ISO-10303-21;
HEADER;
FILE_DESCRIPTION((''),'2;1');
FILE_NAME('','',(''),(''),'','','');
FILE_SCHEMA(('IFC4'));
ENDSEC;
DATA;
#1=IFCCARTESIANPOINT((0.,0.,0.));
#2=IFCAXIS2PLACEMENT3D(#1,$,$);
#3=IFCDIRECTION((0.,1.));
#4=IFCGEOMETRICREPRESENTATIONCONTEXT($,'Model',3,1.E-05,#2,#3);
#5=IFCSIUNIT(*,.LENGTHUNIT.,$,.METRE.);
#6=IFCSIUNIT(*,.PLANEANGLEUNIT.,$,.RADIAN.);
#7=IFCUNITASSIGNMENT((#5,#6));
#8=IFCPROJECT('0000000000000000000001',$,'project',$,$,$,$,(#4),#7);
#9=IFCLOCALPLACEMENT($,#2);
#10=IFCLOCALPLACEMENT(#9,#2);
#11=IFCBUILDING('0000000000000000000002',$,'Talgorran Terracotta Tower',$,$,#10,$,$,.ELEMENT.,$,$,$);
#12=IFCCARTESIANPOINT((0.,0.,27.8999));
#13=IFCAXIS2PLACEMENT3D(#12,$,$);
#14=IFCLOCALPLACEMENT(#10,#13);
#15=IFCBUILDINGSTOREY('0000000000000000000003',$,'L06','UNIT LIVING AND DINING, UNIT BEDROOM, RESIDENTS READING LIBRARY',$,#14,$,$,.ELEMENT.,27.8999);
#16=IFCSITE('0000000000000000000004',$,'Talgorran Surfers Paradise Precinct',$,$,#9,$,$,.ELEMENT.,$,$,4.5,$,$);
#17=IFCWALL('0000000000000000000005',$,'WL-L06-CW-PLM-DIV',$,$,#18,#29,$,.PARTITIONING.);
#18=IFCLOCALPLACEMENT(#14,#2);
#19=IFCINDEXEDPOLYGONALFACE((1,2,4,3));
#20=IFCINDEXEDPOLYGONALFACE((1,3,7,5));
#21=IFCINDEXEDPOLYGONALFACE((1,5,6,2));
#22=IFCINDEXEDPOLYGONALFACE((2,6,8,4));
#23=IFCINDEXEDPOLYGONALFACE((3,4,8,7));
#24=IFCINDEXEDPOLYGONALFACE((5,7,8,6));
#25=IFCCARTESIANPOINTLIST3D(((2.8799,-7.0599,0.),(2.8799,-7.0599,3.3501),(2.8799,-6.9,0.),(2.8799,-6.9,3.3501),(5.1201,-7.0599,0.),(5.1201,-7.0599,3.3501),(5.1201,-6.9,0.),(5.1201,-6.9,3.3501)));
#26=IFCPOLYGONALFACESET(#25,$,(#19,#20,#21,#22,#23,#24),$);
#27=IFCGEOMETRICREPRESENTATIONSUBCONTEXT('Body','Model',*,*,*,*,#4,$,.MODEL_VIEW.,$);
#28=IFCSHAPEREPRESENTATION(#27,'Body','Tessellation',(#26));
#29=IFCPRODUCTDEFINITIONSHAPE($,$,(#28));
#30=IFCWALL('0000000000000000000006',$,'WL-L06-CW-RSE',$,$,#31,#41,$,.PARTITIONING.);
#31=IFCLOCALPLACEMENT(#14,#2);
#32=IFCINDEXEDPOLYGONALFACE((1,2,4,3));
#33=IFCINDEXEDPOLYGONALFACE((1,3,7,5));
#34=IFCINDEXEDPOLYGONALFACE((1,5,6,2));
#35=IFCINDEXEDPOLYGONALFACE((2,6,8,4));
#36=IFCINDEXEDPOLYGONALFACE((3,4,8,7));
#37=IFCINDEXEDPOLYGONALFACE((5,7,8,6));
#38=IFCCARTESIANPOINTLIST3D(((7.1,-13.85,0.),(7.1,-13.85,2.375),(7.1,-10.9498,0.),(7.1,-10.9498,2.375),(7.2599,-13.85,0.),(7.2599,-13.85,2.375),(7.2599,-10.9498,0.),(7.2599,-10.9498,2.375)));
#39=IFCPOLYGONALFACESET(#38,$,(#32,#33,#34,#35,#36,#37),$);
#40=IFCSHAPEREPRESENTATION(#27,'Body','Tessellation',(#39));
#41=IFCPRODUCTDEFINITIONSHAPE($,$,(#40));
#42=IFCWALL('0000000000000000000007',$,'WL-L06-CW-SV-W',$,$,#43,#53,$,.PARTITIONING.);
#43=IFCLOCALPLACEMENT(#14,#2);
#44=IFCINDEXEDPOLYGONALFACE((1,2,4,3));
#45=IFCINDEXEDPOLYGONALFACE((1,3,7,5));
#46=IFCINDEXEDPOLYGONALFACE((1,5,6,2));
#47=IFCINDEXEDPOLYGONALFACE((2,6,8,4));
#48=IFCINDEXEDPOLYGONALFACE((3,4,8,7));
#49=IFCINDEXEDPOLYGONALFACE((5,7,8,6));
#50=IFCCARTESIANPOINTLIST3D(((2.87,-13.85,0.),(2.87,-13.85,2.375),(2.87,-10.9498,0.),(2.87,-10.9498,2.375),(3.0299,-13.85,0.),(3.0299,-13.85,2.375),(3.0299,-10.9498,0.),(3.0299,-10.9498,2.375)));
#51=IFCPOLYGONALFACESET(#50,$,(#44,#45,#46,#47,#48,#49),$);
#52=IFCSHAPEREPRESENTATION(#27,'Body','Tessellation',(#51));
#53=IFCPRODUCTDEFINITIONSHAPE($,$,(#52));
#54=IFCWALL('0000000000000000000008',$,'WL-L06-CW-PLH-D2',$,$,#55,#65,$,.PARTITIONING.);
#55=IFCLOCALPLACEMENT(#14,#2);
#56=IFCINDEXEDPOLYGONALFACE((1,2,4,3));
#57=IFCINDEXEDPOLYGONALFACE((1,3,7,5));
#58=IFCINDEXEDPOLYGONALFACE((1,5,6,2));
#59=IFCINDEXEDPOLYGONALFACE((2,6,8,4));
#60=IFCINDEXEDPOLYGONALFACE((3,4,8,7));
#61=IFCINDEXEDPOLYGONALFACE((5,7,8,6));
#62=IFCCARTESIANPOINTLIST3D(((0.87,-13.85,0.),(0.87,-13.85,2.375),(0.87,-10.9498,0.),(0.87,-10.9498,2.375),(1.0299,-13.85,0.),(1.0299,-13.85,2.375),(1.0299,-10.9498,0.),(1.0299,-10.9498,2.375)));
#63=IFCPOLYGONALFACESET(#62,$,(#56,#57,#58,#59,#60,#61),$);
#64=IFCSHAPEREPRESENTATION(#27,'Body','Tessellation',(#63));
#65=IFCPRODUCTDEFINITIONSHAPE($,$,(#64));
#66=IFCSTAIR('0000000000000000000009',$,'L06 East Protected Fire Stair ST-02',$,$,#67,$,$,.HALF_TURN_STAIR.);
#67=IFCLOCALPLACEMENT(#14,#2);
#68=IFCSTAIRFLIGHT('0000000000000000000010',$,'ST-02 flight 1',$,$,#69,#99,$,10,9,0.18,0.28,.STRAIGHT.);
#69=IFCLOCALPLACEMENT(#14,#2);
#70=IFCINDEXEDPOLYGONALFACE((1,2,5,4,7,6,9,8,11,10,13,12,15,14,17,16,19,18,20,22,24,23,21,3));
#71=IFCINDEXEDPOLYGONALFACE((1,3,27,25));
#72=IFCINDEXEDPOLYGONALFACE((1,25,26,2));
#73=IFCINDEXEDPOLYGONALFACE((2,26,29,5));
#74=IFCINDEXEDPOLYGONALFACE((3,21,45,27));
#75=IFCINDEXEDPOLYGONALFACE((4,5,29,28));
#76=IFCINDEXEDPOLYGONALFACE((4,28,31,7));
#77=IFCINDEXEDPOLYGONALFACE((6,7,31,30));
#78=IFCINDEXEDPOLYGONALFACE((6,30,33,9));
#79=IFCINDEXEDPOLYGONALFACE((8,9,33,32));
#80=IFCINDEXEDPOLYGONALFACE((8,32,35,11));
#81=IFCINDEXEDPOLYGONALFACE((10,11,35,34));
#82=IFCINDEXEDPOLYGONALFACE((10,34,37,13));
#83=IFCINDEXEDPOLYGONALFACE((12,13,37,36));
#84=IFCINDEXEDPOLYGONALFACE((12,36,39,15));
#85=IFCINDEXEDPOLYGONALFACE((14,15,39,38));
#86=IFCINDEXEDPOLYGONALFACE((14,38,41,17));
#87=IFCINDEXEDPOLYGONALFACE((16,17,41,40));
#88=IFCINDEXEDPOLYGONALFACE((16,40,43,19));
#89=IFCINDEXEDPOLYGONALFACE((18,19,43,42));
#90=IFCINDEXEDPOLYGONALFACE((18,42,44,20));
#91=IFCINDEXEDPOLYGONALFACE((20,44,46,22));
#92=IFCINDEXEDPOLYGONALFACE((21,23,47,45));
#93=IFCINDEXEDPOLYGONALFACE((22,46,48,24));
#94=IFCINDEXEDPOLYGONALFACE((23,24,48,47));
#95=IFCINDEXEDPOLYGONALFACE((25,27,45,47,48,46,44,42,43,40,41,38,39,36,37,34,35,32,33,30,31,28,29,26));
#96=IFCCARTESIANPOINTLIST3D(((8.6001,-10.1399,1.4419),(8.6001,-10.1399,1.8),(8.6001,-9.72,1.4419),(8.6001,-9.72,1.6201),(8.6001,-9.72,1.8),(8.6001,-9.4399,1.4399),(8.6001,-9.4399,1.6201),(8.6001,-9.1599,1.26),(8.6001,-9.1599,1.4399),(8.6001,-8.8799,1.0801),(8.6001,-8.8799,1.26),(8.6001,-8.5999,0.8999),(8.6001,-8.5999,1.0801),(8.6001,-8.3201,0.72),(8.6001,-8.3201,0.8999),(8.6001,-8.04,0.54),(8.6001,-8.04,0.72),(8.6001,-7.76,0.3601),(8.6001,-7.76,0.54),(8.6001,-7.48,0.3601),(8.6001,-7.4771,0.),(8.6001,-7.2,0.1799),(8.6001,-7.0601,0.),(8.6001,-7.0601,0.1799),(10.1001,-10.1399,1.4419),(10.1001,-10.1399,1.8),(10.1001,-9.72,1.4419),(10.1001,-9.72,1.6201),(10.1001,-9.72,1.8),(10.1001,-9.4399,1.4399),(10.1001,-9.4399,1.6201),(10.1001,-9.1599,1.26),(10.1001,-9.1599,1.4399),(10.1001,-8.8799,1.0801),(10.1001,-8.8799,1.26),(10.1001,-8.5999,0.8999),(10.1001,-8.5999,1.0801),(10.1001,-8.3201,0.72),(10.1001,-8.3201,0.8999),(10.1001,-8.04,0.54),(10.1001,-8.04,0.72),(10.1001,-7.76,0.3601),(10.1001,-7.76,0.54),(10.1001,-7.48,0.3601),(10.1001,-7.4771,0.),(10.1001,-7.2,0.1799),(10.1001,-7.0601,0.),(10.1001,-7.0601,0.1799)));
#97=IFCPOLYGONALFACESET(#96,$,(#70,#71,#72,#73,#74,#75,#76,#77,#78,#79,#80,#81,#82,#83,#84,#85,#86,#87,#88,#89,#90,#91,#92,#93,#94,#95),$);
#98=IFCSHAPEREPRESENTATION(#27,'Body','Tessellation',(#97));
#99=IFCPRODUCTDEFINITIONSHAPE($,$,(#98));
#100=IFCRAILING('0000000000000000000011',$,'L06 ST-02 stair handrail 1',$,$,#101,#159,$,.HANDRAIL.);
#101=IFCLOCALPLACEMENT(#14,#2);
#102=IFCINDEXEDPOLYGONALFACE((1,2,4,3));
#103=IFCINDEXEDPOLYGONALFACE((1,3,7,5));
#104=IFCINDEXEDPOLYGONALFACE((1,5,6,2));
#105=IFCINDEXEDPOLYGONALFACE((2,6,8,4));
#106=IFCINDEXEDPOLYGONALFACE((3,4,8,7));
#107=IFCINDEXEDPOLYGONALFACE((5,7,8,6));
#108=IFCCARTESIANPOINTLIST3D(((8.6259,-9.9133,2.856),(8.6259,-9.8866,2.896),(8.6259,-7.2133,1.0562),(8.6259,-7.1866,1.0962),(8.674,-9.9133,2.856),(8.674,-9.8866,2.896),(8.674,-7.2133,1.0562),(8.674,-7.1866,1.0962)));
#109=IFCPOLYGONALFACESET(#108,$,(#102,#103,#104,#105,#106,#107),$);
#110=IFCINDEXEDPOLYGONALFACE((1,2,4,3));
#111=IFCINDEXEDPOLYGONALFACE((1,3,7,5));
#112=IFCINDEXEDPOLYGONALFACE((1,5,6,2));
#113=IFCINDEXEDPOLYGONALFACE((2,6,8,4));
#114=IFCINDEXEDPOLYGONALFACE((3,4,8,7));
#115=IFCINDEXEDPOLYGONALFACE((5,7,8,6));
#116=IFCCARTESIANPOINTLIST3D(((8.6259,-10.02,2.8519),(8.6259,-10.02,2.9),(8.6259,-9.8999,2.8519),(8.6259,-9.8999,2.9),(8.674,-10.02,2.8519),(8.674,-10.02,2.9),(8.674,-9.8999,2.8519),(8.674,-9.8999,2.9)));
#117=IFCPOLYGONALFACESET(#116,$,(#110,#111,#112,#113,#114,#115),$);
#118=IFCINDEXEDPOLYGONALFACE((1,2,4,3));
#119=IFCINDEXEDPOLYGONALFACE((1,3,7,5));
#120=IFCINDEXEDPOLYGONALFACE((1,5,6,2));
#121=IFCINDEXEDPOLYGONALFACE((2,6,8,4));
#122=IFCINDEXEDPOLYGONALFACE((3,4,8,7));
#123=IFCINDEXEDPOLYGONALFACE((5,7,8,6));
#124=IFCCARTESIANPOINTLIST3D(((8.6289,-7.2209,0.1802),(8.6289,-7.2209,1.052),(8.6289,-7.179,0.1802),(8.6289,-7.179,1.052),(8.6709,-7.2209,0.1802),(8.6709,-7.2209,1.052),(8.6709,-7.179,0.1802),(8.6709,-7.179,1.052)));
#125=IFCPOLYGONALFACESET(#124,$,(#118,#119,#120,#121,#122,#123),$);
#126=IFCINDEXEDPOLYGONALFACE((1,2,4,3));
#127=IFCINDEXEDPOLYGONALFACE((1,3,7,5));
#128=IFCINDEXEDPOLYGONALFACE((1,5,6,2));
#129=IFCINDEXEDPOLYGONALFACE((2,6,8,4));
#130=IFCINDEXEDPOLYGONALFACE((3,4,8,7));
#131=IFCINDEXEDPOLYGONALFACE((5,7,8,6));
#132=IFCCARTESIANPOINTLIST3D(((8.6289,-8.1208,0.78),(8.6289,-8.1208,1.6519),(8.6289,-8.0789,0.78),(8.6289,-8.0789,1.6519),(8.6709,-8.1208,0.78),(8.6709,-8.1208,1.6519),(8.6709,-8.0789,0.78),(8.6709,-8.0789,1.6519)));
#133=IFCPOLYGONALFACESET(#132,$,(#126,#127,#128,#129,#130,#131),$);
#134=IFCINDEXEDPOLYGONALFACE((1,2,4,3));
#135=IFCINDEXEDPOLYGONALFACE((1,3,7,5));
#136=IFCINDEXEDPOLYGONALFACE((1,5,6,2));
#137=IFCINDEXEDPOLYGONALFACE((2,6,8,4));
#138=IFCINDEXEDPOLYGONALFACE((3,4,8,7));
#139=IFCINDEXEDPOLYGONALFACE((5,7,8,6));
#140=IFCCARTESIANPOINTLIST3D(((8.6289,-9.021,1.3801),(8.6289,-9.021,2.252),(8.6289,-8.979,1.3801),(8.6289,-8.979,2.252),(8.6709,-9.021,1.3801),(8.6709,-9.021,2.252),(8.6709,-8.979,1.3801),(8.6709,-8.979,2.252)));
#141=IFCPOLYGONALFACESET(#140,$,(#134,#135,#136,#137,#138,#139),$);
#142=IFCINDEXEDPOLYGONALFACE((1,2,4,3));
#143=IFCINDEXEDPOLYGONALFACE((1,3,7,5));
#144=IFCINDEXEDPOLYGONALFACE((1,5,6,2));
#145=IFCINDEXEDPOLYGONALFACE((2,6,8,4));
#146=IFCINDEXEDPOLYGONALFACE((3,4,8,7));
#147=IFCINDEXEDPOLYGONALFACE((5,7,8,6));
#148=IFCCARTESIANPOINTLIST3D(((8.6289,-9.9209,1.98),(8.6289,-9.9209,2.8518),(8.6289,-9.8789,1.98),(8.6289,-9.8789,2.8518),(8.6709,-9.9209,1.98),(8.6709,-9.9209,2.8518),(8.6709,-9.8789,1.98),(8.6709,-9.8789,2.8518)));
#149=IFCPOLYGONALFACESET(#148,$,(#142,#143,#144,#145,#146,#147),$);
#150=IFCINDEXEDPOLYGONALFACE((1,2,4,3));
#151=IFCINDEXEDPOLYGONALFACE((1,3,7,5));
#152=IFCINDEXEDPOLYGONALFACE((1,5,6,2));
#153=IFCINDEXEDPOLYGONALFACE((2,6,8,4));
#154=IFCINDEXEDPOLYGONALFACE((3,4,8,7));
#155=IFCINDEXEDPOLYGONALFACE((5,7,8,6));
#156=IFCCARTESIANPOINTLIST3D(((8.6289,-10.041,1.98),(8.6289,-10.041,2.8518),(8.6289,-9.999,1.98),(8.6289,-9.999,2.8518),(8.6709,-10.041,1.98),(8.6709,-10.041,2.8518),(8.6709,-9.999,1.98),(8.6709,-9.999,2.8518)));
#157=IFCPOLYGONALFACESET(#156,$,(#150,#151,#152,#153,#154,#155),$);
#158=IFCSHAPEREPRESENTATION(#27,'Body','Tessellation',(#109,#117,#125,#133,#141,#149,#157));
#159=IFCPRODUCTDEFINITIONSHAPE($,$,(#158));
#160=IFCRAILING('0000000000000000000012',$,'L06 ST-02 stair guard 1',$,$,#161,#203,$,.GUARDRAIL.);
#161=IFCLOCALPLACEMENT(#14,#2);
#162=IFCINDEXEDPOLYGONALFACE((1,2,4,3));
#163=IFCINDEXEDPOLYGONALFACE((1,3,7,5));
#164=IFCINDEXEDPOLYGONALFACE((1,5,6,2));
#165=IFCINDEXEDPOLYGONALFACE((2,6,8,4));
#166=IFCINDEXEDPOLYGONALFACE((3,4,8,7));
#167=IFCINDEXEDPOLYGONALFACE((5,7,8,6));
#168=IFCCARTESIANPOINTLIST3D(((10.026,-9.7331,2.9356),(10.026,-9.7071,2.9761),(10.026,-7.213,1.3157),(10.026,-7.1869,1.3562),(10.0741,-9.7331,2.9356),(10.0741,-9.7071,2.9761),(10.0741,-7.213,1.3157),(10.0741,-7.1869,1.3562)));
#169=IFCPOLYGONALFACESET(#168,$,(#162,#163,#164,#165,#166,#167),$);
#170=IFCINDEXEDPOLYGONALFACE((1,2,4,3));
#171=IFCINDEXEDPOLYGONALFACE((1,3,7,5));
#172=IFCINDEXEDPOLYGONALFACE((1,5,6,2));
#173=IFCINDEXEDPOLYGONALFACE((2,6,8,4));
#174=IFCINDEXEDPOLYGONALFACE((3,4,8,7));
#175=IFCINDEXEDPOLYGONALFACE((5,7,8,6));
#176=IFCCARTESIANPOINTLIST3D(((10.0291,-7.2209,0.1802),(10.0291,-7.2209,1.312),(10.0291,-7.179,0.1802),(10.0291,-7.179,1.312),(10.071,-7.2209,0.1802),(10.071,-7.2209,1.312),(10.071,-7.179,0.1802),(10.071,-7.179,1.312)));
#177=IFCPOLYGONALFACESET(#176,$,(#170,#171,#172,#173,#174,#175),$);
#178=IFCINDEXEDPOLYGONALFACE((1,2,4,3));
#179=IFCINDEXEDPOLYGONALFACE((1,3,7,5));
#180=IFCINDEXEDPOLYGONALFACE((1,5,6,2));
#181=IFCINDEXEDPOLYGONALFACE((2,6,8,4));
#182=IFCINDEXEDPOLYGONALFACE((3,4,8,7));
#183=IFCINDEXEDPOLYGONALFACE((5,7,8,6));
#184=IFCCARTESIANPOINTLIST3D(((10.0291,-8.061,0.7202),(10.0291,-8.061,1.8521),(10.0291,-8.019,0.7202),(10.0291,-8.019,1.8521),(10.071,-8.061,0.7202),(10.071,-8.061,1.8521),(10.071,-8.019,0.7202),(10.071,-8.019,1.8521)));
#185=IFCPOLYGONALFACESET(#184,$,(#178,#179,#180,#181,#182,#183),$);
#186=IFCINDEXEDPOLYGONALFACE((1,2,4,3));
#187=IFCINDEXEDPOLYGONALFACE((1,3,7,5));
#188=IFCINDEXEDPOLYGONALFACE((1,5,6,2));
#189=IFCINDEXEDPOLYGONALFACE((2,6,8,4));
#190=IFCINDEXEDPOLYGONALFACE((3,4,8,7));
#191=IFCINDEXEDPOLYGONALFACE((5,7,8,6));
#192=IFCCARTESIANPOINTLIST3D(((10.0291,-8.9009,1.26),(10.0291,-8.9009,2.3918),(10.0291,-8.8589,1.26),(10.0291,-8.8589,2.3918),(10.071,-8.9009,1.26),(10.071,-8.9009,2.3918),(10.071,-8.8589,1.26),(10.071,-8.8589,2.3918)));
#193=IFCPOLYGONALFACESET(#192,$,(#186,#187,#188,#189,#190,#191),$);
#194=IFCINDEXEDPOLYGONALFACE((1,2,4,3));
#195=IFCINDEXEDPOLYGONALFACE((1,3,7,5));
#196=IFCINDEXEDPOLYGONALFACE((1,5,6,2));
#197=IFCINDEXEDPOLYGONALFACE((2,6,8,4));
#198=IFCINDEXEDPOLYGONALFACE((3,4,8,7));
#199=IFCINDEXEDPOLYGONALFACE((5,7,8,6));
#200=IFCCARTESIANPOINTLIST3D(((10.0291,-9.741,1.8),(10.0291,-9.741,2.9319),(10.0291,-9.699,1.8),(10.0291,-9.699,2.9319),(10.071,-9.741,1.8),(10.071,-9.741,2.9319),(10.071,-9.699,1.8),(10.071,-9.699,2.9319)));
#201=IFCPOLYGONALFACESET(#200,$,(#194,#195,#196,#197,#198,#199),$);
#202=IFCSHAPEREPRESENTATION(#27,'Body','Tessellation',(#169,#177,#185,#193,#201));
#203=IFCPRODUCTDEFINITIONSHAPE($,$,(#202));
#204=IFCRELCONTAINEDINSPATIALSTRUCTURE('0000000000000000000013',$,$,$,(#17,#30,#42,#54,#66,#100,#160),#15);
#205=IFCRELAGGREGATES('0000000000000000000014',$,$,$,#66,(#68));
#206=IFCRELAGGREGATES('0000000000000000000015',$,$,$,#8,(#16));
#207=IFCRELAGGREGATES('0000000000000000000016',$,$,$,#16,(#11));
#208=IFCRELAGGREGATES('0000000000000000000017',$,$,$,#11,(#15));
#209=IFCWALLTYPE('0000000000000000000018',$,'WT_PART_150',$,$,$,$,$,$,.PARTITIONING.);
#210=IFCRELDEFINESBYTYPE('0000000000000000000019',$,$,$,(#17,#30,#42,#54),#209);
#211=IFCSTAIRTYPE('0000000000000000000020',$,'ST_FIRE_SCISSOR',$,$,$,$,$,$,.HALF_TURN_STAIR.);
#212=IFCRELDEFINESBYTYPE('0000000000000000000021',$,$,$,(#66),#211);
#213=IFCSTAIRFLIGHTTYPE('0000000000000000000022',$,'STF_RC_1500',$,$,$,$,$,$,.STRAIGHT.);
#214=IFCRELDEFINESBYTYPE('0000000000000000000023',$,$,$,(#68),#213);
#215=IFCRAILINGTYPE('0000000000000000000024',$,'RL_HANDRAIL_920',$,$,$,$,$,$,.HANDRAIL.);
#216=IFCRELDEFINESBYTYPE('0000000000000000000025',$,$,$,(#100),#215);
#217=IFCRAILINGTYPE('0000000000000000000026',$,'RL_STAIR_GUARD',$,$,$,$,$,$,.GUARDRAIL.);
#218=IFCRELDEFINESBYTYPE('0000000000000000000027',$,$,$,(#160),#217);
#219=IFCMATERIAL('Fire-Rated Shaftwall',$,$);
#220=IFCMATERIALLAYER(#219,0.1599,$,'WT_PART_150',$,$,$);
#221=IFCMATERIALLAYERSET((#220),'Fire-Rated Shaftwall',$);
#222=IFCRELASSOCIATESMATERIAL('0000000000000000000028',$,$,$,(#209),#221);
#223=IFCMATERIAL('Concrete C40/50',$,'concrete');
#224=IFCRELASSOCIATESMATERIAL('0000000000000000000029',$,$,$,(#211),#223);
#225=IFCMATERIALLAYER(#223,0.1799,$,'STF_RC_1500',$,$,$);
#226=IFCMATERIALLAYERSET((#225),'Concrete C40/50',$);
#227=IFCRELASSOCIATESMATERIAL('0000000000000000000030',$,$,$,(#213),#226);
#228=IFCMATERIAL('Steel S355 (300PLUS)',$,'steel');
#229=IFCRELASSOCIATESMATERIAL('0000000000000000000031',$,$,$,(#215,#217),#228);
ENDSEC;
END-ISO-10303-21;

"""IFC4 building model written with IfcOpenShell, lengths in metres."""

from ifc_helpers import new_model, si_unit, direction, frame, frame_2d, origin, origin_2d, place, context, subcontext, project, spatial, polyline, rectangle, outline, extrude, material, layer, layer_set, type_object, element, aggregate, save


model = new_model("IFC4")

# Units and contexts
model_context = context("Model", 3, precision=1e-05, world=origin(), true_north=direction((0.0, 1.0)))
body_context = subcontext(model_context, "Body", "Model", "MODEL_VIEW")
ifc_project = project(units=[si_unit("LENGTHUNIT", "METRE"), si_unit("PLANEANGLEUNIT", "RADIAN")], contexts=[model_context])

# Site, building, storey
site_placement = place(None, origin())
site = spatial("IfcSite", under=ifc_project, at=site_placement, Name="Talgorran Surfers Paradise Precinct", CompositionType="ELEMENT", RefElevation=4.5)
building_placement = place(site_placement, origin())
building = spatial("IfcBuilding", under=site, at=building_placement, Name="Talgorran Terracotta Tower", CompositionType="ELEMENT")
storey_placement = place(building_placement, frame((0.0, 0.0, 27.8999)))
storey = spatial("IfcBuildingStorey", under=building, at=storey_placement, Name="L06", Description="UNIT LIVING AND DINING, UNIT BEDROOM, RESIDENTS READING LIBRARY", CompositionType="ELEMENT", Elevation=27.8999)

# Shared definitions
ifc_material_1 = material(Name="Steel S355 (300PLUS)", Category="steel")

# Walls
ifc_material_2 = material(Name="Fire-Rated Shaftwall")
ifc_layer_1 = layer(ifc_material_2, 0.1599, Name="WT_PART_150")
ifc_layer_set_1 = layer_set([ifc_layer_1], Name="Fire-Rated Shaftwall")
wall_type_1 = type_object("IfcWallType", Name="WT_PART_150", PredefinedType="PARTITIONING", material=ifc_layer_set_1)
wall_1_placement = place(storey_placement, frame((2.8799, -6.98, 0.0), z_axis=(0.0, 0.0, 1.0), x_axis=(1.0, 0.0, 0.0)))
element("IfcWall", 1, at=wall_1_placement, inside=storey, type_object=wall_type_1, Name="WL-L06-CW-PLM-DIV", PredefinedType="PARTITIONING", context=body_context, shape_type="SweptSolid", body=[
    extrude(rectangle(XDim=2.2402, YDim=0.1599, at=frame_2d((1.1201, 0.0))), origin(), (0.0, 0.0, 1.0), 3.3501),
])
for number, where, z_axis, x_axis, name in (
    (2, (7.1799, -13.8501, 0.0), (0.0, 0.0, 1.0), (0.0, 1.0, 0.0), "WL-L06-CW-RSE"),
    (3, (2.95, -13.8501, 0.0), (0.0, 0.0, 1.0), (0.0, 1.0, 0.0), "WL-L06-CW-SV-W"),
    (4, (0.95, -13.8501, 0.0), (0.0, 0.0, 1.0), (0.0, 1.0, 0.0), "WL-L06-CW-PLH-D2"),
):
    element("IfcWall", number, at=place(storey_placement, frame(where, z_axis=z_axis, x_axis=x_axis)), inside=storey, type_object=wall_type_1, Name=name, PredefinedType="PARTITIONING", context=body_context, shape_type="SweptSolid", body=[
        extrude(rectangle(XDim=2.9001, YDim=0.1599, at=frame_2d((1.4502, 0.0))), origin(), (0.0, 0.0, 1.0), 2.375),
    ])

# Stair, stair flight
ifc_material_3 = material(Name="Concrete C40/50", Category="concrete")
stair_type = type_object("IfcStairType", Name="ST_FIRE_SCISSOR", PredefinedType="HALF_TURN_STAIR", material=ifc_material_3)
stair_placement = place(storey_placement, origin())
stair = element("IfcStair", 5, at=stair_placement, inside=storey, type_object=stair_type, Name="L06 East Protected Fire Stair ST-02", PredefinedType="HALF_TURN_STAIR")
ifc_layer_2 = layer(ifc_material_3, 0.1799, Name="STF_RC_1500")
ifc_layer_set_2 = layer_set([ifc_layer_2], Name="Concrete C40/50")
stair_flight_type = type_object("IfcStairFlightType", Name="STF_RC_1500", PredefinedType="STRAIGHT", material=ifc_layer_set_2)
stair_flight_placement = place(storey_placement, frame((9.3501, -7.2, 0.0), z_axis=(0.0, 0.0, 1.0), x_axis=(0.0, -1.0, 0.0)))
stair_flight = element("IfcStairFlight", 6, at=stair_flight_placement, type_object=stair_flight_type, Name="ST-02 flight 1", NumberOfRisers=10, NumberOfTreads=9, PredefinedType="STRAIGHT", RiserHeight=0.18, TreadLength=0.28, context=body_context, shape_type="SweptSolid", body=[
    extrude(outline(polyline([(-0.1399, 0.0), (-0.1399, 0.1799), (0.0, 0.1799), (0.28, 0.3601), (0.5601, 0.3601), (0.5601, 0.54), (0.8401, 0.54), (0.8401, 0.72), (1.1201, 0.72), (1.1201, 0.8999), (1.3999, 0.8999), (1.3999, 1.0801), (1.6799, 1.0801), (1.6799, 1.26), (1.96, 1.26), (1.96, 1.4399), (2.24, 1.4399), (2.24, 1.6201), (2.52, 1.6201), (2.52, 1.8), (2.9399, 1.8), (2.9399, 1.4419), (2.52, 1.4419), (0.2771, 0.0), (-0.1399, 0.0)])), frame((0.0, 0.75, 0.0), z_axis=(0.0, -1.0, 0.0), x_axis=(1.0, 0.0, 0.0)), (0.0, 0.0, 1.0), 1.5),
])
aggregate(stair, [stair_flight])

# Railings
railing_type_1 = type_object("IfcRailingType", Name="RL_HANDRAIL_920", PredefinedType="HANDRAIL", material=ifc_material_1)
railing_1_placement = place(storey_placement, frame((8.6499, -7.2, 0.1802)))
element("IfcRailing", 7, at=railing_1_placement, inside=storey, type_object=railing_type_1, Name="L06 ST-02 stair handrail 1", PredefinedType="HANDRAIL", context=body_context, shape_type="SweptSolid", body=[
    extrude(rectangle(XDim=0.0481, YDim=0.0481, at=origin_2d()), frame((0.0, 0.0, 0.896), z_axis=(0.0, -0.832073, 0.554665), x_axis=(1.0, 0.0, 0.0)), (0.0, 0.0, 1.0), 3.2449),
    extrude(rectangle(XDim=0.0481, YDim=0.0481, at=origin_2d()), frame((0.0, -2.7, 2.6958), z_axis=(0.0, -1.0, 0.0), x_axis=(1.0, 0.0, 0.0)), (0.0, 0.0, 1.0), 0.1201),
    extrude(rectangle(XDim=0.042, YDim=0.042, at=origin_2d()), origin(), (0.0, 0.0, 1.0), 0.8718),
    extrude(rectangle(XDim=0.042, YDim=0.042, at=origin_2d()), frame((0.0, -0.8999, 0.5999)), (0.0, 0.0, 1.0), 0.8718),
    extrude(rectangle(XDim=0.042, YDim=0.042, at=origin_2d()), frame((0.0, -1.8, 1.2)), (0.0, 0.0, 1.0), 0.8718),
    extrude(rectangle(XDim=0.042, YDim=0.042, at=origin_2d()), frame((0.0, -2.7, 1.7998)), (0.0, 0.0, 1.0), 0.8718),
    extrude(rectangle(XDim=0.042, YDim=0.042, at=origin_2d()), frame((0.0, -2.8201, 1.7998)), (0.0, 0.0, 1.0), 0.8718),
])
railing_type_2 = type_object("IfcRailingType", Name="RL_STAIR_GUARD", PredefinedType="GUARDRAIL", material=ifc_material_1)
railing_2_placement = place(storey_placement, frame((10.05, -7.2, 0.1802)))
element("IfcRailing", 8, at=railing_2_placement, inside=storey, type_object=railing_type_2, Name="L06 ST-02 stair guard 1", PredefinedType="GUARDRAIL", context=body_context, shape_type="SweptSolid", body=[
    extrude(rectangle(XDim=0.0481, YDim=0.0481, at=origin_2d()), frame((0.0, 0.0, 1.1558), z_axis=(0.0, -0.8412, 0.540725), x_axis=(1.0, 0.0, 0.0)), (0.0, 0.0, 1.0), 2.9958),
    extrude(rectangle(XDim=0.042, YDim=0.042, at=origin_2d()), origin(), (0.0, 0.0, 1.0), 1.1318),
    extrude(rectangle(XDim=0.042, YDim=0.042, at=origin_2d()), frame((0.0, -0.8401, 0.54)), (0.0, 0.0, 1.0), 1.1318),
    extrude(rectangle(XDim=0.042, YDim=0.042, at=origin_2d()), frame((0.0, -1.6799, 1.0798)), (0.0, 0.0, 1.0), 1.1318),
    extrude(rectangle(XDim=0.042, YDim=0.042, at=origin_2d()), frame((0.0, -2.52, 1.6199)), (0.0, 0.0, 1.0), 1.1318),
])

save(model, "model.ifc")
